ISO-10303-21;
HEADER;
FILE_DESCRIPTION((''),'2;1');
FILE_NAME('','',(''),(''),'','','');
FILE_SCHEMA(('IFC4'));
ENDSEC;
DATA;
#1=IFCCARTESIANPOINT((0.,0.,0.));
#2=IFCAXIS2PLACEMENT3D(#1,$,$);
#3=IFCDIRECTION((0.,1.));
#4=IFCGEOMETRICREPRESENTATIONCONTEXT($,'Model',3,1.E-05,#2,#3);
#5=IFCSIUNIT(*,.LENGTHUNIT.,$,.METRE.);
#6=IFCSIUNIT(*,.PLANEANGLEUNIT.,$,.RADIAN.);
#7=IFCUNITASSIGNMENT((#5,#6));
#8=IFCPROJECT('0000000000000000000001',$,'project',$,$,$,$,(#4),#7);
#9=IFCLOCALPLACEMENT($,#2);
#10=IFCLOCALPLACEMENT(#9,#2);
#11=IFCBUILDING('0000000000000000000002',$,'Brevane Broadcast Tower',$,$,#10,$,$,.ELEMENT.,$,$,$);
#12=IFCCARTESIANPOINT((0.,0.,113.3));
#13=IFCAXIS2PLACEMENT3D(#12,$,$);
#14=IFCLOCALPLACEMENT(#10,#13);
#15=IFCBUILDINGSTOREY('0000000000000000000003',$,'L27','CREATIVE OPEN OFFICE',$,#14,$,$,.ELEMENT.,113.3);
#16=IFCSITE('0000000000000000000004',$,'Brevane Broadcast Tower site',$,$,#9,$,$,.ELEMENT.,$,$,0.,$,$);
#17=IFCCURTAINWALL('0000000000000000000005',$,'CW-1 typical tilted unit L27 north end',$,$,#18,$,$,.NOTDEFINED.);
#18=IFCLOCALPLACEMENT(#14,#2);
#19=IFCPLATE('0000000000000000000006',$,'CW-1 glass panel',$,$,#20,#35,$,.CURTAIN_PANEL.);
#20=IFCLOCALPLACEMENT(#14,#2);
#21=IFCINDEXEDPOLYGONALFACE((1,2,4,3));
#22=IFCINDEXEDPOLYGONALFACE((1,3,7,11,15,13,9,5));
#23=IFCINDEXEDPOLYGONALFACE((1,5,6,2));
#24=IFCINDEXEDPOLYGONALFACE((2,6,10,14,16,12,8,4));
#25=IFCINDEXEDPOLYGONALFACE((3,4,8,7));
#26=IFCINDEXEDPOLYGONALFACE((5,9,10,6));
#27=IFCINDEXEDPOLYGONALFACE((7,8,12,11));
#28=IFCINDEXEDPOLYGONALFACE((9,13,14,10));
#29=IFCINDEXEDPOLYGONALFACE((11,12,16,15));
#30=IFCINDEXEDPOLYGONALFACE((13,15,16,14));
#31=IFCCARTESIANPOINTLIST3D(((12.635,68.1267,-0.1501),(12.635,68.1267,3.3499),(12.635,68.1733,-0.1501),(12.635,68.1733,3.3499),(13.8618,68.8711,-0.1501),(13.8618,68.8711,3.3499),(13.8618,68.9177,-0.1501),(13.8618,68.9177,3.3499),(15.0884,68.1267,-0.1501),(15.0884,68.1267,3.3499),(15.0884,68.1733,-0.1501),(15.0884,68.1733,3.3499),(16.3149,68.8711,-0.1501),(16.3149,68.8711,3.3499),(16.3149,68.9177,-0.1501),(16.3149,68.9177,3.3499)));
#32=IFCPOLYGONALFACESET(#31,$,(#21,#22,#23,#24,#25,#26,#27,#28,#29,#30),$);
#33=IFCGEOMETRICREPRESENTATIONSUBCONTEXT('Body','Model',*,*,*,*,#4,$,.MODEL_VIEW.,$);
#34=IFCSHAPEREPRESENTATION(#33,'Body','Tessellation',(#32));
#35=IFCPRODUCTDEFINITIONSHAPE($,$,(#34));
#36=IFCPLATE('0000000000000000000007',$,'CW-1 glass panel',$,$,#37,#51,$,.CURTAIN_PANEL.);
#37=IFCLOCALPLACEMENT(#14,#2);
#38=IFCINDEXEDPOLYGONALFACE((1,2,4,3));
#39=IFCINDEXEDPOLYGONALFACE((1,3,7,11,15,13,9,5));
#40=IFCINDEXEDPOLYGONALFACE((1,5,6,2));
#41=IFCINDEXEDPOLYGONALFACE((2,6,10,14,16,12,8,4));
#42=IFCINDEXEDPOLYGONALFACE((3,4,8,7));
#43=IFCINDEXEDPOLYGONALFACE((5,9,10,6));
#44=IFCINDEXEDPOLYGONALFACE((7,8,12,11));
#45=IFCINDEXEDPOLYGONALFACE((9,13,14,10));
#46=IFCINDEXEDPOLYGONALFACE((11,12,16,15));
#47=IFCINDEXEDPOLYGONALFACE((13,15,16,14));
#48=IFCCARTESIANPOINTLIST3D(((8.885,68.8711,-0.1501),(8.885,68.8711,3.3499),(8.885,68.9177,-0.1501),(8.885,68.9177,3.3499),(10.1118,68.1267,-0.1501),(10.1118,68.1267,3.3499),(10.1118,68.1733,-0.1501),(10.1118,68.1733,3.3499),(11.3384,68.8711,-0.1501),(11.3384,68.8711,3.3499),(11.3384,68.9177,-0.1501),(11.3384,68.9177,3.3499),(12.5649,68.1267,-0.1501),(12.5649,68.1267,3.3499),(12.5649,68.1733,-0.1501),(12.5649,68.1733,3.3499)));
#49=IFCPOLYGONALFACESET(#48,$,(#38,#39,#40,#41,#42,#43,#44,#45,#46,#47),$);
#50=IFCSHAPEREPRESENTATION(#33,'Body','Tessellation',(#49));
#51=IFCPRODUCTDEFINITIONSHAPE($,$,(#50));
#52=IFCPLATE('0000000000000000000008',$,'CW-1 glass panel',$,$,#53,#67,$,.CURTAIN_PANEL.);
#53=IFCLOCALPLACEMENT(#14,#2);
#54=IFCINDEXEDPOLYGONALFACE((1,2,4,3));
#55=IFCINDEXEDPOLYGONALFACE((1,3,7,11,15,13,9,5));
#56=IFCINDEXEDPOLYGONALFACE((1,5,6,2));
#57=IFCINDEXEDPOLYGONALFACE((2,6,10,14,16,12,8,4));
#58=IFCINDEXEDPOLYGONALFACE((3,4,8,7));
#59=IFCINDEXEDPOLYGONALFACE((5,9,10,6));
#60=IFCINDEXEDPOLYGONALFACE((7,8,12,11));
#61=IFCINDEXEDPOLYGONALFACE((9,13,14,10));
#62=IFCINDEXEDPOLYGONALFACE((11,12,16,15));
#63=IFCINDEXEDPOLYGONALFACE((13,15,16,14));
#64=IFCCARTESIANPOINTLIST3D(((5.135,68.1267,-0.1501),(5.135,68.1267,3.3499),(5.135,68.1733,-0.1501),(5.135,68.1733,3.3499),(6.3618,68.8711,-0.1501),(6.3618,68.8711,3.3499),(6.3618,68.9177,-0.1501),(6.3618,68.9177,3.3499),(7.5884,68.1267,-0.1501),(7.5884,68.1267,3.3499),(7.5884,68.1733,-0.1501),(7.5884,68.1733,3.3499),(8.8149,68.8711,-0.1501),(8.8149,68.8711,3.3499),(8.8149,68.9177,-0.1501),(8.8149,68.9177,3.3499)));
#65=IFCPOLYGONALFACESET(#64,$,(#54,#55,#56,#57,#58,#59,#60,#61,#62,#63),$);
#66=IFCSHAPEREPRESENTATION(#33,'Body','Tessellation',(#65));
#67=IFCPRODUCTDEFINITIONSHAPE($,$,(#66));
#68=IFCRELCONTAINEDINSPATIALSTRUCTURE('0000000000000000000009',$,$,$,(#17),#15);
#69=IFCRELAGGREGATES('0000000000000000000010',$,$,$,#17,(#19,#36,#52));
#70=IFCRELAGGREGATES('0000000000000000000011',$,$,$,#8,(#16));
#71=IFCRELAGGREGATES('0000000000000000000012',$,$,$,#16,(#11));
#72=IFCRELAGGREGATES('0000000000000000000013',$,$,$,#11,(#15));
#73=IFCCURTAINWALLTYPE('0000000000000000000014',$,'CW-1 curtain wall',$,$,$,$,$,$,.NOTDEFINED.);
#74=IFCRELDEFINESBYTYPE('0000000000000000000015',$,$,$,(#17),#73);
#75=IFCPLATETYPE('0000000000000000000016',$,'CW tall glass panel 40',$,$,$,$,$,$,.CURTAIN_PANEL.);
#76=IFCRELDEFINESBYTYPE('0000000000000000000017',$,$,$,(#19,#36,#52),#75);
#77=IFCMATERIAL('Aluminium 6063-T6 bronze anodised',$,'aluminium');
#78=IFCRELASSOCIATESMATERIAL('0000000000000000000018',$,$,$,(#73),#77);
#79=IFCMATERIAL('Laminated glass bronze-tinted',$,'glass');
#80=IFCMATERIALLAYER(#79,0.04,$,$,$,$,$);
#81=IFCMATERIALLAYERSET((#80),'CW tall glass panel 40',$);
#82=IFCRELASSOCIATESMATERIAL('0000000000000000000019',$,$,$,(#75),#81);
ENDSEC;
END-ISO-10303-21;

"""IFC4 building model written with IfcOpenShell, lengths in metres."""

from ifc_helpers import new_model, si_unit, direction, frame, origin, place, context, subcontext, project, spatial, polyline, outline, extrude, material, layer, layer_set, type_object, element, aggregate, save


model = new_model("IFC4")

# Units and contexts
model_context = context("Model", 3, precision=1e-05, world=origin(), true_north=direction((0.0, 1.0)))
body_context = subcontext(model_context, "Body", "Model", "MODEL_VIEW")
ifc_project = project(units=[si_unit("LENGTHUNIT", "METRE"), si_unit("PLANEANGLEUNIT", "RADIAN")], contexts=[model_context])

# Site, building, storey
site_placement = place(None, origin())
site = spatial("IfcSite", under=ifc_project, at=site_placement, Name="Brevane Broadcast Tower site", CompositionType="ELEMENT", RefElevation=0.0)
building_placement = place(site_placement, origin())
building = spatial("IfcBuilding", under=site, at=building_placement, Name="Brevane Broadcast Tower", CompositionType="ELEMENT")
storey_placement = place(building_placement, frame((0.0, 0.0, 113.3)))
storey = spatial("IfcBuildingStorey", under=building, at=storey_placement, Name="L27", Description="CREATIVE OPEN OFFICE", CompositionType="ELEMENT", Elevation=113.3)

# Shared definitions
ifc_material_1 = material(Name="Aluminium 6063-T6 bronze anodised", Category="aluminium")
curtain_wall_type = type_object("IfcCurtainWallType", Name="CW-1 curtain wall", PredefinedType="NOTDEFINED", material=ifc_material_1)

# Curtain wall, plates
ifc_material_2 = material(Name="Laminated glass bronze-tinted", Category="glass")
ifc_layer = layer(ifc_material_2, 0.04)
ifc_layer_set = layer_set([ifc_layer], Name="CW tall glass panel 40")
plate_type = type_object("IfcPlateType", Name="CW tall glass panel 40", PredefinedType="CURTAIN_PANEL", material=ifc_layer_set)
curtain_wall_1_placement = place(storey_placement, origin())
curtain_wall_1 = element("IfcCurtainWall", 1, at=curtain_wall_1_placement, inside=storey, type_object=curtain_wall_type, Name="CW-1 typical tilted unit L27 north end", PredefinedType="NOTDEFINED")
plate_1_placement = place(storey_placement, frame((0.0, 0.0, -0.1501)))
plate_1 = element("IfcPlate", 2, at=plate_1_placement, type_object=plate_type, Name="CW-1 glass panel", PredefinedType="CURTAIN_PANEL", context=body_context, shape_type="SweptSolid", body=[
    extrude(outline(polyline([(16.3149, 68.8711), (16.3149, 68.9177), (15.0884, 68.1733), (13.8618, 68.9177), (12.635, 68.1733), (12.635, 68.1267), (13.8618, 68.8711), (15.0884, 68.1267), (16.3149, 68.8711)])), origin(), (0.0, 0.0, 1.0), 3.5),
])
plate_2_placement = place(storey_placement, frame((0.0, 0.0, -0.1501)))
plate_2 = element("IfcPlate", 3, at=plate_2_placement, type_object=plate_type, Name="CW-1 glass panel", PredefinedType="CURTAIN_PANEL", context=body_context, shape_type="SweptSolid", body=[
    extrude(outline(polyline([(12.5649, 68.1267), (12.5649, 68.1733), (11.3384, 68.9177), (10.1118, 68.1733), (8.885, 68.9177), (8.885, 68.8711), (10.1118, 68.1267), (11.3384, 68.8711), (12.5649, 68.1267)])), origin(), (0.0, 0.0, 1.0), 3.5),
])
plate_3_placement = place(storey_placement, frame((0.0, 0.0, -0.1501)))
plate_3 = element("IfcPlate", 4, at=plate_3_placement, type_object=plate_type, Name="CW-1 glass panel", PredefinedType="CURTAIN_PANEL", context=body_context, shape_type="SweptSolid", body=[
    extrude(outline(polyline([(8.8149, 68.8711), (8.8149, 68.9177), (7.5884, 68.1733), (6.3618, 68.9177), (5.135, 68.1733), (5.135, 68.1267), (6.3618, 68.8711), (7.5884, 68.1267), (8.8149, 68.8711)])), origin(), (0.0, 0.0, 1.0), 3.5),
])
aggregate(curtain_wall_1, [plate_1, plate_2, plate_3])

save(model, "model.ifc")
